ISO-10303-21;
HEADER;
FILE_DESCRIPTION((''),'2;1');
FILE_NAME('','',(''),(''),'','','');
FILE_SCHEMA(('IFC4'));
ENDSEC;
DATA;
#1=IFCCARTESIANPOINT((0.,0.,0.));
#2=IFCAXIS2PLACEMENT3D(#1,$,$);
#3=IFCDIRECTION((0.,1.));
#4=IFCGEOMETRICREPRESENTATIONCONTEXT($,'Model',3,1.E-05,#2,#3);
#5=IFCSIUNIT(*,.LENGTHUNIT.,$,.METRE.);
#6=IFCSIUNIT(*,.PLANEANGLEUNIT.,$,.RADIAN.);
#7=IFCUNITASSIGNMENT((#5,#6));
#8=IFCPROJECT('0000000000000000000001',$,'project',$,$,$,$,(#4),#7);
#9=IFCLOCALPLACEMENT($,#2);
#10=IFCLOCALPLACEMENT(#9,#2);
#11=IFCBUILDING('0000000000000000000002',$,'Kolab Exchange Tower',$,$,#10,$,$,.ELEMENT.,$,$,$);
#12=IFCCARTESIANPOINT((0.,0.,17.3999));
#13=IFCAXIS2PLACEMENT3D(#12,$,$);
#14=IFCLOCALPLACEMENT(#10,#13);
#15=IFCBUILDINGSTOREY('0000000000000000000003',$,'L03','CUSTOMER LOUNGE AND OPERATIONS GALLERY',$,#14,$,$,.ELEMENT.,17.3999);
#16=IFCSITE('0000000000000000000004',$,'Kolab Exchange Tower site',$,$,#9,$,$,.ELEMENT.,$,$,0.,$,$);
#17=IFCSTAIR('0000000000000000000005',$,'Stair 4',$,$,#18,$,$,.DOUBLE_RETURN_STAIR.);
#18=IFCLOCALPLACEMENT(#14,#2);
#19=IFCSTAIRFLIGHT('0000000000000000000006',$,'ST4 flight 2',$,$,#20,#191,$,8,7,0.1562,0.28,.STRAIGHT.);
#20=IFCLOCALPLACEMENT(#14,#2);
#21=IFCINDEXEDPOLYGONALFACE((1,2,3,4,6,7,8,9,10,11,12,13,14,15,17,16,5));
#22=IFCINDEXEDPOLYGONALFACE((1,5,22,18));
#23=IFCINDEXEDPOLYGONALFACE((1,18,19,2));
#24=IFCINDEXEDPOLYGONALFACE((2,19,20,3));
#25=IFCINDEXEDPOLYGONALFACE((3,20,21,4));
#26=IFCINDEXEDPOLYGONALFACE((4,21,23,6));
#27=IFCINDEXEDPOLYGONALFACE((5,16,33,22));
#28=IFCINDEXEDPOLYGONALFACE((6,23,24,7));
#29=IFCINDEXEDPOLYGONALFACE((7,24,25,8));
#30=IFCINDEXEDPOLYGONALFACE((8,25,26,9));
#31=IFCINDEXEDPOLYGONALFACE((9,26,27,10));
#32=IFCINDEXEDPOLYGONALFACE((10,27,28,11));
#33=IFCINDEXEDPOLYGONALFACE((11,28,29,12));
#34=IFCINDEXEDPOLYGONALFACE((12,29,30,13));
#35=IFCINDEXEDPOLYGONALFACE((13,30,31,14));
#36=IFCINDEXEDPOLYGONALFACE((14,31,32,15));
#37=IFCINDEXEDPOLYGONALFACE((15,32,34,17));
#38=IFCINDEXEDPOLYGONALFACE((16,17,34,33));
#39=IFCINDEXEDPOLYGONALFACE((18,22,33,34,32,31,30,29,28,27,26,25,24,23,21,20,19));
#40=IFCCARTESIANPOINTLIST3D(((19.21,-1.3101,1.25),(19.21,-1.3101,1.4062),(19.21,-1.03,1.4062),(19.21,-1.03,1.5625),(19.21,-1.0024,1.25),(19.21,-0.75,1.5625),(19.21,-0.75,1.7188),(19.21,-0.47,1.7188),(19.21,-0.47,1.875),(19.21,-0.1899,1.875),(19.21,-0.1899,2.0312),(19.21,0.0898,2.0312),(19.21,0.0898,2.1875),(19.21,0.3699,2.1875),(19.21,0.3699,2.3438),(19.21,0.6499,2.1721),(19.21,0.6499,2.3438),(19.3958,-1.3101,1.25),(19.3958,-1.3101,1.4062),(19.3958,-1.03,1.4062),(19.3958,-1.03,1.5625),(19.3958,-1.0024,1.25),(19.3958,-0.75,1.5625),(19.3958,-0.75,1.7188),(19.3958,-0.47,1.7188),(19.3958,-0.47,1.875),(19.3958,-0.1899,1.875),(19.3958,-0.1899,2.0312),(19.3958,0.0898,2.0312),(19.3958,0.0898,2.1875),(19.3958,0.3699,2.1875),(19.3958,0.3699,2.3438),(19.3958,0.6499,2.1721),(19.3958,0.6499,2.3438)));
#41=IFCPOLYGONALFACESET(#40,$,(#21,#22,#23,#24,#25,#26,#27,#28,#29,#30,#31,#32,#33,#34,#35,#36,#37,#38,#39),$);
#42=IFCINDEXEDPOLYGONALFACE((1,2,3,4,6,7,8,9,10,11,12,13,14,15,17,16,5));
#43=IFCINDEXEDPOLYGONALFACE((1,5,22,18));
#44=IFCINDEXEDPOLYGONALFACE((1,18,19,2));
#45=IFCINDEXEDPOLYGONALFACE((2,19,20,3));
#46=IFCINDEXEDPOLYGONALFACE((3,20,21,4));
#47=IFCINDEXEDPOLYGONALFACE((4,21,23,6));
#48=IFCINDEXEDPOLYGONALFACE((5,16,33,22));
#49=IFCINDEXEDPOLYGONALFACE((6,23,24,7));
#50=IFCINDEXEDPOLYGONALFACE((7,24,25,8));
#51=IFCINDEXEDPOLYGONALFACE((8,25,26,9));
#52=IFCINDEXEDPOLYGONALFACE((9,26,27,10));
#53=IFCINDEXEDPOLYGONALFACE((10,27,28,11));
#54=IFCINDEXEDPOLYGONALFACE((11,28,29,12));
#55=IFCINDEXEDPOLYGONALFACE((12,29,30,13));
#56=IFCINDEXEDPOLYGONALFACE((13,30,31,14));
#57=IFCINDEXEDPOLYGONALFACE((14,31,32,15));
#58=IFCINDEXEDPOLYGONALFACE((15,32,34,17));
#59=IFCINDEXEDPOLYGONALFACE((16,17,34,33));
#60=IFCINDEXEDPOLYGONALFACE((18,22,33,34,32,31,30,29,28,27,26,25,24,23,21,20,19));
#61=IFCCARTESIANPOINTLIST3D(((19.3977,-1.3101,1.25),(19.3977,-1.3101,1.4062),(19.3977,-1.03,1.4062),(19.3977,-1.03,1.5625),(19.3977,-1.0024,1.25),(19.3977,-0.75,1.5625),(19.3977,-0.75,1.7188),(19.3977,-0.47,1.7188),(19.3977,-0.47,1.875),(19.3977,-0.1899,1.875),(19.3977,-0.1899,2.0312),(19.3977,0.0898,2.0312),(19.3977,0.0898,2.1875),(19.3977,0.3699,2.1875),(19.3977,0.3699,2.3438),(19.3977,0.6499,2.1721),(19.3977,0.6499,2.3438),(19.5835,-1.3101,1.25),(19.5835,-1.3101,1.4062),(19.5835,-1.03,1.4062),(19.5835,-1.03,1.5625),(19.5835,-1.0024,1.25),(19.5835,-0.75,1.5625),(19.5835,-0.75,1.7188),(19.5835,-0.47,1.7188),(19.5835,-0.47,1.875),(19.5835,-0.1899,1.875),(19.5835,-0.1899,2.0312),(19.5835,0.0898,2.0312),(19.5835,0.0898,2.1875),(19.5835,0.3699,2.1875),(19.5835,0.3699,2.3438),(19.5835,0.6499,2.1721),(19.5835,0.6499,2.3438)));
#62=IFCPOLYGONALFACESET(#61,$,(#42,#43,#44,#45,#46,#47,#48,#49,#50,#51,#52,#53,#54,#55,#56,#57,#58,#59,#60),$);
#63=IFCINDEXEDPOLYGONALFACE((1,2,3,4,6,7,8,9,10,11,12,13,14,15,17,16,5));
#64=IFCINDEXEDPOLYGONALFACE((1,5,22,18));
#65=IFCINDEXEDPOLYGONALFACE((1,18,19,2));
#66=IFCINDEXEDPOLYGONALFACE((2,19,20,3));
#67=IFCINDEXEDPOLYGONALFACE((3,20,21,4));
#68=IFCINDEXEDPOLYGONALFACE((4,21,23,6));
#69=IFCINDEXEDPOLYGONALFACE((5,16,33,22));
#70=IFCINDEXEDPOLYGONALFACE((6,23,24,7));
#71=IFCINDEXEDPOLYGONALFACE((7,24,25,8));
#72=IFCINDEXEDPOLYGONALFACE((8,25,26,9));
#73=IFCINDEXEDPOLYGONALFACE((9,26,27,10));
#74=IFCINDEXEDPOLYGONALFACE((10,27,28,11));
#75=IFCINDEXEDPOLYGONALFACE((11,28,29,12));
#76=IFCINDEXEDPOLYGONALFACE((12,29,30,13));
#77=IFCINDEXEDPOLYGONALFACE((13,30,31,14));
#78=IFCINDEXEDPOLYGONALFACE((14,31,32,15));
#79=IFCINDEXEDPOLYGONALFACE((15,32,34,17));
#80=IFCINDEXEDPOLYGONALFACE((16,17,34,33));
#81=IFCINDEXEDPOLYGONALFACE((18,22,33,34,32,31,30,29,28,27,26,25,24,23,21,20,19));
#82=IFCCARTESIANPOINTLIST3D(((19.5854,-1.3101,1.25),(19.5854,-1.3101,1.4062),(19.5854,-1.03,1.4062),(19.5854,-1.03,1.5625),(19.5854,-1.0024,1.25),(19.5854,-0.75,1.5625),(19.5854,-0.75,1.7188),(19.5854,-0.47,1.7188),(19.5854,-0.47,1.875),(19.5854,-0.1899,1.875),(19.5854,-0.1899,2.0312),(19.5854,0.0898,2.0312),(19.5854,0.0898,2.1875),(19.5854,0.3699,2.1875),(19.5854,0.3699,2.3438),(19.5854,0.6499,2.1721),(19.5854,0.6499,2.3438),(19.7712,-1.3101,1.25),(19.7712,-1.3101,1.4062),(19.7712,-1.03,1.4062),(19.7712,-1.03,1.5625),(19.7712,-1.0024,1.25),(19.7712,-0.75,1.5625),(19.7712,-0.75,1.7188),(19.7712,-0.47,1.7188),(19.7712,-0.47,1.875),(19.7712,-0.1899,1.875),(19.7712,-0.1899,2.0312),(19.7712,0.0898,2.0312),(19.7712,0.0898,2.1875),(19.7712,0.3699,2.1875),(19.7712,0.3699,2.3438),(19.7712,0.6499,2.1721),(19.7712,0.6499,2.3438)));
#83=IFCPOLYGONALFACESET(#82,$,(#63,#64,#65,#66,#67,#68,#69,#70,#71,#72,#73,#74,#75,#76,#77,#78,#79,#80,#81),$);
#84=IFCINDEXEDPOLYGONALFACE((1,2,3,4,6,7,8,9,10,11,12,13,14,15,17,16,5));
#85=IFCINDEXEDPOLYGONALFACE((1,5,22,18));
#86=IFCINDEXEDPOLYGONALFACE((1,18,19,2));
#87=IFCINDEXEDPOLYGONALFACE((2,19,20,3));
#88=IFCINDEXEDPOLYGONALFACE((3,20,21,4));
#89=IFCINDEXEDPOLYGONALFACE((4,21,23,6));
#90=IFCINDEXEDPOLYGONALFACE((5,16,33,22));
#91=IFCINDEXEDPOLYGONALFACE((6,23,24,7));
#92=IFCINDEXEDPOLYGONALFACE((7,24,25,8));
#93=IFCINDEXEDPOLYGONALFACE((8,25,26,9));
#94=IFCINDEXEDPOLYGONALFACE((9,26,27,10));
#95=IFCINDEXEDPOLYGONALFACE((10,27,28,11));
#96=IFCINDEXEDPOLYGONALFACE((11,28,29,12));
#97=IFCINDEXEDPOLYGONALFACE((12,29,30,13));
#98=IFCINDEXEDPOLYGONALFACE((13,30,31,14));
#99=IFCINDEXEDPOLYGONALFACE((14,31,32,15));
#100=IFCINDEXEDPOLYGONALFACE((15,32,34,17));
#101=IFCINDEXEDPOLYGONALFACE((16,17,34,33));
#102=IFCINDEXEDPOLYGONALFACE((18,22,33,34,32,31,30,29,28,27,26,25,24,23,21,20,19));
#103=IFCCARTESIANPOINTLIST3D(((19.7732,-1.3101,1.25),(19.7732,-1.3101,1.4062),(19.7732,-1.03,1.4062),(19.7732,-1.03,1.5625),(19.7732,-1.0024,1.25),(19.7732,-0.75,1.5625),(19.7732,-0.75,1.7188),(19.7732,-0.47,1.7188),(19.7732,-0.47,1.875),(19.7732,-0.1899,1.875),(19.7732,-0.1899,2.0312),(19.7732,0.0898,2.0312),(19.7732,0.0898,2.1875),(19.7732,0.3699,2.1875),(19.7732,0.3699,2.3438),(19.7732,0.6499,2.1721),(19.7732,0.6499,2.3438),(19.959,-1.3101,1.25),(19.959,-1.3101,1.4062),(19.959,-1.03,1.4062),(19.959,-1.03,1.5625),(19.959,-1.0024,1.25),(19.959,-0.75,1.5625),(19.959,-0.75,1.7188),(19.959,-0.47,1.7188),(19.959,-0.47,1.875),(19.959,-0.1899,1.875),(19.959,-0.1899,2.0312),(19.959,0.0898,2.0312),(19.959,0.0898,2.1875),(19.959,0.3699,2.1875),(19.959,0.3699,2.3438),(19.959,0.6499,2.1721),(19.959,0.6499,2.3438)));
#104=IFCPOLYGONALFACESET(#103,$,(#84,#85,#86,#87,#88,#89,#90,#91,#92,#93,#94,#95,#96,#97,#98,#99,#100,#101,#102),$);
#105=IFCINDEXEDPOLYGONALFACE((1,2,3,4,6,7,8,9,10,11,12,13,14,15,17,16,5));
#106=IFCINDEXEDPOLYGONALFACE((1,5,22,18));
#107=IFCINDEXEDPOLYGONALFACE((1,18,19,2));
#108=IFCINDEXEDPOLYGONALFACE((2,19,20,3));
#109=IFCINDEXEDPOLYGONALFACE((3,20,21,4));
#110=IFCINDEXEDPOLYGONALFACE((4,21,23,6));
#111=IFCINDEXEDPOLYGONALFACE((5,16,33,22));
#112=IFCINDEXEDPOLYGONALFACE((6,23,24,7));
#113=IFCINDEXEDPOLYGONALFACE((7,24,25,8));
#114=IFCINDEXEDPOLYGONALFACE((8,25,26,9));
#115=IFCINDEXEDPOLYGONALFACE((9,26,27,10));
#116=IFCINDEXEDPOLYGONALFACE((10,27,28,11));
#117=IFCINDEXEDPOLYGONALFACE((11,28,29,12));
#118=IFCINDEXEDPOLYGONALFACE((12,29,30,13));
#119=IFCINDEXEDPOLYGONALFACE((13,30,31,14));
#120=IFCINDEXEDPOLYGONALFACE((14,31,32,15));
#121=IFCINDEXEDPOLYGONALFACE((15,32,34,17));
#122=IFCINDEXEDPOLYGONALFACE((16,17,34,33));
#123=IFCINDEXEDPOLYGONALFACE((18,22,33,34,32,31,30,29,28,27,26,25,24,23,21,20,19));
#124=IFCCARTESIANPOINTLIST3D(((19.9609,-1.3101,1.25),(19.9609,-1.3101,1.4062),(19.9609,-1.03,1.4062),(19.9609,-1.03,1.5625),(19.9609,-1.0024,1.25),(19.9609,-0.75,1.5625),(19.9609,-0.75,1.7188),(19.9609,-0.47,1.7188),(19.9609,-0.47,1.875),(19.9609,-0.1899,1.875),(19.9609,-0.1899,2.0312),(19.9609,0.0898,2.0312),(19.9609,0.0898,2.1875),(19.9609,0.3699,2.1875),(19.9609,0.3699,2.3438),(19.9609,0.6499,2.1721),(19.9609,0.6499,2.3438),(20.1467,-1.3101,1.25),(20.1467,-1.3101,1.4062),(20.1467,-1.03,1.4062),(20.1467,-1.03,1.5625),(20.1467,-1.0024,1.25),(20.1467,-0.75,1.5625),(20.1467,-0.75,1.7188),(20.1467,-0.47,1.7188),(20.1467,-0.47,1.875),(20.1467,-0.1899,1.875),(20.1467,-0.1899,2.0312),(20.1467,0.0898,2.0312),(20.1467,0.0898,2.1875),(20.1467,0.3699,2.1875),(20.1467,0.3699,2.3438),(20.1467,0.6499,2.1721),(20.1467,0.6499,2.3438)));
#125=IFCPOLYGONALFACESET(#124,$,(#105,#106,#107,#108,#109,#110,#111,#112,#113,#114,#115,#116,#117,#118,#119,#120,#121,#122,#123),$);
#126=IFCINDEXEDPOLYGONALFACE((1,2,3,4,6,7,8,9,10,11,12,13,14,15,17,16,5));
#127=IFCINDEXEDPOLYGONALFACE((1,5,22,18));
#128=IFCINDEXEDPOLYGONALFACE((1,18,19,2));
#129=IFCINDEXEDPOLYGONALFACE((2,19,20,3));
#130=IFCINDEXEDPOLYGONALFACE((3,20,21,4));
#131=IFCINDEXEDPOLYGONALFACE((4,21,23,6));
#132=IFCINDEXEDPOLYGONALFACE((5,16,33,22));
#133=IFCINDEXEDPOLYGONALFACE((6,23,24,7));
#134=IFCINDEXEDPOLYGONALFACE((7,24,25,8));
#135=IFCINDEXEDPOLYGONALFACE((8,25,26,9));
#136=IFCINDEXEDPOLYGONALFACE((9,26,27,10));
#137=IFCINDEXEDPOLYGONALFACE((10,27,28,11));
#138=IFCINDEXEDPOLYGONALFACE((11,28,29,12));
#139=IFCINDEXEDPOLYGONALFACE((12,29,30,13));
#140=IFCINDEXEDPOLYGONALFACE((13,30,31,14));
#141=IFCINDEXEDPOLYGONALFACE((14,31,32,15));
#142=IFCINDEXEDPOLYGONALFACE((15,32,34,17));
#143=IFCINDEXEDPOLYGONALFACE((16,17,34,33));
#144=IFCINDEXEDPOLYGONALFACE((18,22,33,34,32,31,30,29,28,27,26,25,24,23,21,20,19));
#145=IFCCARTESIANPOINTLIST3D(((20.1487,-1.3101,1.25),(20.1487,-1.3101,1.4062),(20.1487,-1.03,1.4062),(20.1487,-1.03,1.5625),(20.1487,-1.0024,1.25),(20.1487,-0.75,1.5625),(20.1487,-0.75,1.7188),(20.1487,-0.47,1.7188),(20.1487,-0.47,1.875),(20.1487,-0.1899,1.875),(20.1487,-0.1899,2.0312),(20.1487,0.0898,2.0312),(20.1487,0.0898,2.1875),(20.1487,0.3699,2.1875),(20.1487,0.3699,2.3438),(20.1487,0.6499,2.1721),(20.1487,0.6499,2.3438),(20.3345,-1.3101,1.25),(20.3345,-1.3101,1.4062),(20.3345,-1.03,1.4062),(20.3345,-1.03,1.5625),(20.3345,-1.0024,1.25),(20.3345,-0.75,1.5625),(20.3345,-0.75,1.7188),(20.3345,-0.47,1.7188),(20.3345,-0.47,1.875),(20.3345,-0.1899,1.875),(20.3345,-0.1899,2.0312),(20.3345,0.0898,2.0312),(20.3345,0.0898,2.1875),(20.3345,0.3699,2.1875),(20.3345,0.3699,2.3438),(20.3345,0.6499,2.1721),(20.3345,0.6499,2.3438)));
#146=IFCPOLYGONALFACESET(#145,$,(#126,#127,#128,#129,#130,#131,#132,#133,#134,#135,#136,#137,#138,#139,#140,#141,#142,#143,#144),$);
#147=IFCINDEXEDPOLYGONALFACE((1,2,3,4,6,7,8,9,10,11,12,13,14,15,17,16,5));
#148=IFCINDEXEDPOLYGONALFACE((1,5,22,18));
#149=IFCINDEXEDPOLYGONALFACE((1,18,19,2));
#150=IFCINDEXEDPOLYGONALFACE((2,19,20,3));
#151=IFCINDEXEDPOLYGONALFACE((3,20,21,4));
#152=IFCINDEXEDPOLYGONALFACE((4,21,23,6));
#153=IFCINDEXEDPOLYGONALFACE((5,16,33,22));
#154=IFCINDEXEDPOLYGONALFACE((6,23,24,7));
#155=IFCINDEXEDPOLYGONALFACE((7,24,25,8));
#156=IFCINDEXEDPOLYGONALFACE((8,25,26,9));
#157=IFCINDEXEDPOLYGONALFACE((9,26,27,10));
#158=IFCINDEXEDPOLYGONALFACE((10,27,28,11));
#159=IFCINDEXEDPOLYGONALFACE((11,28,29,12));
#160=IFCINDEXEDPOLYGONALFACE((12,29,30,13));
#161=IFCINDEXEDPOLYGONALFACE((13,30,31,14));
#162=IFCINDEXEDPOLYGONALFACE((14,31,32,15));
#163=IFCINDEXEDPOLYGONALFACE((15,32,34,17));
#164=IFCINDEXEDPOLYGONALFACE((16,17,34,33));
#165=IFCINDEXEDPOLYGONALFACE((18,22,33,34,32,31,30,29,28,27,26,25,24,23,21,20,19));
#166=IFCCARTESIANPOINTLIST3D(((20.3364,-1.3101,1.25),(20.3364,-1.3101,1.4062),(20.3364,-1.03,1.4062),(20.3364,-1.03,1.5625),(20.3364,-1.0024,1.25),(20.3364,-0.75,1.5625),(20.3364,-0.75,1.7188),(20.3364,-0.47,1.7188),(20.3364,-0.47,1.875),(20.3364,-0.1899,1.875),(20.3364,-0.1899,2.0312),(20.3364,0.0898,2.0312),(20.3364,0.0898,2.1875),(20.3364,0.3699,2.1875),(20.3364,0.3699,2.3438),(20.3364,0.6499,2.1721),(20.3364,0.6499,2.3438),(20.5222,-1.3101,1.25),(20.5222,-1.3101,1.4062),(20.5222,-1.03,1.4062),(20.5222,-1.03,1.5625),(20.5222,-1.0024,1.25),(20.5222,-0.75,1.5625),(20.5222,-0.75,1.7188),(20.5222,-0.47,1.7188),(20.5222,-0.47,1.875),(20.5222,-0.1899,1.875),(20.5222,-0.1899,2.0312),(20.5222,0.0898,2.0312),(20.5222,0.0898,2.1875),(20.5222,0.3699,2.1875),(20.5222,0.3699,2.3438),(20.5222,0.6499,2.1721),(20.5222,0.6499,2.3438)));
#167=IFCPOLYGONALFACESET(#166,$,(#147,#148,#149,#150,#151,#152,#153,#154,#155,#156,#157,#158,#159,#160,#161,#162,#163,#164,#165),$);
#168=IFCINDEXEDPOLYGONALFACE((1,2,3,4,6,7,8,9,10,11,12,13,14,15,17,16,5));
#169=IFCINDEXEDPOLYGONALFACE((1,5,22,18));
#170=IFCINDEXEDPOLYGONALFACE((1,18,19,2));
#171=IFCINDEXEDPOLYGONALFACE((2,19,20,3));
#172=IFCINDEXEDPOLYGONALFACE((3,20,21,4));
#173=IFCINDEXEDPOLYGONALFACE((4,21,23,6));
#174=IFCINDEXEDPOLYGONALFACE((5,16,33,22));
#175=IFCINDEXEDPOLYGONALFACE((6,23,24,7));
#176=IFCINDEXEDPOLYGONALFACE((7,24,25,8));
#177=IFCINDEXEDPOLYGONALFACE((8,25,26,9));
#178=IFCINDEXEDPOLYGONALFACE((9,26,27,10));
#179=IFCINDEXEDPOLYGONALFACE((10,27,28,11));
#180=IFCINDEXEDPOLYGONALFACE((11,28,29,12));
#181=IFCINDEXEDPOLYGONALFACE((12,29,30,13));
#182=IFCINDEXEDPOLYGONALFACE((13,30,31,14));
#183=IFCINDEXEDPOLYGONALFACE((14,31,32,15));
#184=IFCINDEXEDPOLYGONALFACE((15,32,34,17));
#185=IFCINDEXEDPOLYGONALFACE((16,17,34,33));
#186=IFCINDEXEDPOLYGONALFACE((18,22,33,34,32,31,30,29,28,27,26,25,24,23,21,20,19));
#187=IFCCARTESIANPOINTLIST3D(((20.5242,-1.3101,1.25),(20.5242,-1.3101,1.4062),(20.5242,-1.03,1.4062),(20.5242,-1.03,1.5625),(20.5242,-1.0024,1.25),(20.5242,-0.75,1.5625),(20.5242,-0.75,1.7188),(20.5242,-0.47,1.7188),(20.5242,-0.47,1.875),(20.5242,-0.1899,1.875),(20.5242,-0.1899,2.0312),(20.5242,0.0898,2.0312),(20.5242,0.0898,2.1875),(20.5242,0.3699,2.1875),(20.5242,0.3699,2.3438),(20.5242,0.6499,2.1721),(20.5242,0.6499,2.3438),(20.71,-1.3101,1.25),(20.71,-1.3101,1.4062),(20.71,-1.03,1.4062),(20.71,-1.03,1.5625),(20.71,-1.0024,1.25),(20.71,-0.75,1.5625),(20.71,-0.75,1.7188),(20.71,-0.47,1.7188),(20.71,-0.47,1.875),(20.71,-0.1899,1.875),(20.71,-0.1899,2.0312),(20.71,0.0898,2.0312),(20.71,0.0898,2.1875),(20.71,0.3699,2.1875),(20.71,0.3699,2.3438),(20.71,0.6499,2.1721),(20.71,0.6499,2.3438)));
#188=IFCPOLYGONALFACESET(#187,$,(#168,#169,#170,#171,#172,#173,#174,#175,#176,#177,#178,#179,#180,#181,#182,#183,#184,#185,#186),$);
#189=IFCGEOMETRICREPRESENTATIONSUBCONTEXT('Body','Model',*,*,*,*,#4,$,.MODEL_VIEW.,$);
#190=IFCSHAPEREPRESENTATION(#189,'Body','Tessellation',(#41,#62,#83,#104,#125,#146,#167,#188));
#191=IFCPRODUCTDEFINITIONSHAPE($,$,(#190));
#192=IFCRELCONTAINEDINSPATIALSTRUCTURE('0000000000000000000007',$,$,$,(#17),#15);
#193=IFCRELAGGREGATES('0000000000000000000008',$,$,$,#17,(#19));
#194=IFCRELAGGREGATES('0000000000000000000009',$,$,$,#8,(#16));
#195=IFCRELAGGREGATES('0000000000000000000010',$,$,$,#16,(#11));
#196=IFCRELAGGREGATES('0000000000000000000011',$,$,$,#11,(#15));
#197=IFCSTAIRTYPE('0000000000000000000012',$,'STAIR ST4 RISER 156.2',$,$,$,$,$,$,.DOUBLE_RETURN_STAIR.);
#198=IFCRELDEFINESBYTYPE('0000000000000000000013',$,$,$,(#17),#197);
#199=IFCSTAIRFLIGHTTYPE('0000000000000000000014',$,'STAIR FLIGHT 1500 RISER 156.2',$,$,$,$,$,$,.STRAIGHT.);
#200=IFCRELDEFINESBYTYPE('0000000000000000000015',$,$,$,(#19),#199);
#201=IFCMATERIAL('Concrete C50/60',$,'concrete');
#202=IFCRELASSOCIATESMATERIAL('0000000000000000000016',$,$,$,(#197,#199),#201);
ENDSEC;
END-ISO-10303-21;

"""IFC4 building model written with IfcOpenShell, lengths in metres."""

from ifc_helpers import new_model, si_unit, direction, frame, origin, place, context, subcontext, project, spatial, polyline, outline, extrude, material, type_object, element, aggregate, save


model = new_model("IFC4")

# Units and contexts
model_context = context("Model", 3, precision=1e-05, world=origin(), true_north=direction((0.0, 1.0)))
body_context = subcontext(model_context, "Body", "Model", "MODEL_VIEW")
ifc_project = project(units=[si_unit("LENGTHUNIT", "METRE"), si_unit("PLANEANGLEUNIT", "RADIAN")], contexts=[model_context])

# Site, building, storey
site_placement = place(None, origin())
site = spatial("IfcSite", under=ifc_project, at=site_placement, Name="Kolab Exchange Tower site", CompositionType="ELEMENT", RefElevation=0.0)
building_placement = place(site_placement, origin())
building = spatial("IfcBuilding", under=site, at=building_placement, Name="Kolab Exchange Tower", CompositionType="ELEMENT")
storey_placement = place(building_placement, frame((0.0, 0.0, 17.3999)))
storey = spatial("IfcBuildingStorey", under=building, at=storey_placement, Name="L03", Description="CUSTOMER LOUNGE AND OPERATIONS GALLERY", CompositionType="ELEMENT", Elevation=17.3999)

# Shared definitions
ifc_material_1 = material(Name="Concrete C50/60", Category="concrete")

# Stair, stair flight
stair_type = type_object("IfcStairType", Name="STAIR ST4 RISER 156.2", PredefinedType="DOUBLE_RETURN_STAIR", material=ifc_material_1)
stair_placement = place(storey_placement, origin())
stair = element("IfcStair", 1, at=stair_placement, inside=storey, type_object=stair_type, Name="Stair 4", PredefinedType="DOUBLE_RETURN_STAIR")
stair_flight_type = type_object("IfcStairFlightType", Name="STAIR FLIGHT 1500 RISER 156.2", PredefinedType="STRAIGHT", material=ifc_material_1)
stair_flight_1_placement = place(storey_placement, frame((19.96, -1.3101, 1.25), z_axis=(0.0, 0.0, 1.0), x_axis=(0.0, 1.0, 0.0)))
stair_flight_1 = element("IfcStairFlight", 2, at=stair_flight_1_placement, type_object=stair_flight_type, Name="ST4 flight 2", NumberOfRisers=8, NumberOfTreads=7, PredefinedType="STRAIGHT", RiserHeight=0.1562, TreadLength=0.28, context=body_context, shape_type="SweptSolid", body=[
    extrude(outline(polyline([(0.0, 0.0), (0.0, 0.1562), (0.28, 0.1562), (0.28, 0.3125), (0.5601, 0.3125), (0.5601, 0.4688), (0.8401, 0.4688), (0.8401, 0.625), (1.1201, 0.625), (1.1201, 0.7812), (1.3999, 0.7812), (1.3999, 0.9375), (1.6799, 0.9375), (1.6799, 1.0938), (1.96, 1.0938), (1.96, 1.25), (1.96, 0.9221), (0.3076, 0.0), (0.0, 0.0)])), frame((0.0, 0.75, 0.0), z_axis=(0.0, -1.0, 0.0), x_axis=(1.0, 0.0, 0.0)), (0.0, 0.0, 1.0), 0.1858),
    extrude(outline(polyline([(0.0, 0.0), (0.0, 0.1562), (0.28, 0.1562), (0.28, 0.3125), (0.5601, 0.3125), (0.5601, 0.4688), (0.8401, 0.4688), (0.8401, 0.625), (1.1201, 0.625), (1.1201, 0.7812), (1.3999, 0.7812), (1.3999, 0.9375), (1.6799, 0.9375), (1.6799, 1.0938), (1.96, 1.0938), (1.96, 1.25), (1.96, 0.9221), (0.3076, 0.0), (0.0, 0.0)])), frame((0.0, 0.5623, 0.0), z_axis=(0.0, -1.0, 0.0), x_axis=(1.0, 0.0, 0.0)), (0.0, 0.0, 1.0), 0.1858),
    extrude(outline(polyline([(0.0, 0.0), (0.0, 0.1562), (0.28, 0.1562), (0.28, 0.3125), (0.5601, 0.3125), (0.5601, 0.4688), (0.8401, 0.4688), (0.8401, 0.625), (1.1201, 0.625), (1.1201, 0.7812), (1.3999, 0.7812), (1.3999, 0.9375), (1.6799, 0.9375), (1.6799, 1.0938), (1.96, 1.0938), (1.96, 1.25), (1.96, 0.9221), (0.3076, 0.0), (0.0, 0.0)])), frame((0.0, 0.3745, 0.0), z_axis=(0.0, -1.0, 0.0), x_axis=(1.0, 0.0, 0.0)), (0.0, 0.0, 1.0), 0.1858),
    extrude(outline(polyline([(0.0, 0.0), (0.0, 0.1562), (0.28, 0.1562), (0.28, 0.3125), (0.5601, 0.3125), (0.5601, 0.4688), (0.8401, 0.4688), (0.8401, 0.625), (1.1201, 0.625), (1.1201, 0.7812), (1.3999, 0.7812), (1.3999, 0.9375), (1.6799, 0.9375), (1.6799, 1.0938), (1.96, 1.0938), (1.96, 1.25), (1.96, 0.9221), (0.3076, 0.0), (0.0, 0.0)])), frame((0.0, 0.1868, 0.0), z_axis=(0.0, -1.0, 0.0), x_axis=(1.0, 0.0, 0.0)), (0.0, 0.0, 1.0), 0.1858),
    extrude(outline(polyline([(0.0, 0.0), (0.0, 0.1562), (0.28, 0.1562), (0.28, 0.3125), (0.5601, 0.3125), (0.5601, 0.4688), (0.8401, 0.4688), (0.8401, 0.625), (1.1201, 0.625), (1.1201, 0.7812), (1.3999, 0.7812), (1.3999, 0.9375), (1.6799, 0.9375), (1.6799, 1.0938), (1.96, 1.0938), (1.96, 1.25), (1.96, 0.9221), (0.3076, 0.0), (0.0, 0.0)])), frame((0.0, -0.001, 0.0), z_axis=(0.0, -1.0, 0.0), x_axis=(1.0, 0.0, 0.0)), (0.0, 0.0, 1.0), 0.1858),
    extrude(outline(polyline([(0.0, 0.0), (0.0, 0.1562), (0.28, 0.1562), (0.28, 0.3125), (0.5601, 0.3125), (0.5601, 0.4688), (0.8401, 0.4688), (0.8401, 0.625), (1.1201, 0.625), (1.1201, 0.7812), (1.3999, 0.7812), (1.3999, 0.9375), (1.6799, 0.9375), (1.6799, 1.0938), (1.96, 1.0938), (1.96, 1.25), (1.96, 0.9221), (0.3076, 0.0), (0.0, 0.0)])), frame((0.0, -0.1887, 0.0), z_axis=(0.0, -1.0, 0.0), x_axis=(1.0, 0.0, 0.0)), (0.0, 0.0, 1.0), 0.1858),
    extrude(outline(polyline([(0.0, 0.0), (0.0, 0.1562), (0.28, 0.1562), (0.28, 0.3125), (0.5601, 0.3125), (0.5601, 0.4688), (0.8401, 0.4688), (0.8401, 0.625), (1.1201, 0.625), (1.1201, 0.7812), (1.3999, 0.7812), (1.3999, 0.9375), (1.6799, 0.9375), (1.6799, 1.0938), (1.96, 1.0938), (1.96, 1.25), (1.96, 0.9221), (0.3076, 0.0), (0.0, 0.0)])), frame((0.0, -0.3765, 0.0), z_axis=(0.0, -1.0, 0.0), x_axis=(1.0, 0.0, 0.0)), (0.0, 0.0, 1.0), 0.1858),
    extrude(outline(polyline([(0.0, 0.0), (0.0, 0.1562), (0.28, 0.1562), (0.28, 0.3125), (0.5601, 0.3125), (0.5601, 0.4688), (0.8401, 0.4688), (0.8401, 0.625), (1.1201, 0.625), (1.1201, 0.7812), (1.3999, 0.7812), (1.3999, 0.9375), (1.6799, 0.9375), (1.6799, 1.0938), (1.96, 1.0938), (1.96, 1.25), (1.96, 0.9221), (0.3076, 0.0), (0.0, 0.0)])), frame((0.0, -0.5642, 0.0), z_axis=(0.0, -1.0, 0.0), x_axis=(1.0, 0.0, 0.0)), (0.0, 0.0, 1.0), 0.1858),
])
aggregate(stair, [stair_flight_1])

save(model, "model.ifc")
